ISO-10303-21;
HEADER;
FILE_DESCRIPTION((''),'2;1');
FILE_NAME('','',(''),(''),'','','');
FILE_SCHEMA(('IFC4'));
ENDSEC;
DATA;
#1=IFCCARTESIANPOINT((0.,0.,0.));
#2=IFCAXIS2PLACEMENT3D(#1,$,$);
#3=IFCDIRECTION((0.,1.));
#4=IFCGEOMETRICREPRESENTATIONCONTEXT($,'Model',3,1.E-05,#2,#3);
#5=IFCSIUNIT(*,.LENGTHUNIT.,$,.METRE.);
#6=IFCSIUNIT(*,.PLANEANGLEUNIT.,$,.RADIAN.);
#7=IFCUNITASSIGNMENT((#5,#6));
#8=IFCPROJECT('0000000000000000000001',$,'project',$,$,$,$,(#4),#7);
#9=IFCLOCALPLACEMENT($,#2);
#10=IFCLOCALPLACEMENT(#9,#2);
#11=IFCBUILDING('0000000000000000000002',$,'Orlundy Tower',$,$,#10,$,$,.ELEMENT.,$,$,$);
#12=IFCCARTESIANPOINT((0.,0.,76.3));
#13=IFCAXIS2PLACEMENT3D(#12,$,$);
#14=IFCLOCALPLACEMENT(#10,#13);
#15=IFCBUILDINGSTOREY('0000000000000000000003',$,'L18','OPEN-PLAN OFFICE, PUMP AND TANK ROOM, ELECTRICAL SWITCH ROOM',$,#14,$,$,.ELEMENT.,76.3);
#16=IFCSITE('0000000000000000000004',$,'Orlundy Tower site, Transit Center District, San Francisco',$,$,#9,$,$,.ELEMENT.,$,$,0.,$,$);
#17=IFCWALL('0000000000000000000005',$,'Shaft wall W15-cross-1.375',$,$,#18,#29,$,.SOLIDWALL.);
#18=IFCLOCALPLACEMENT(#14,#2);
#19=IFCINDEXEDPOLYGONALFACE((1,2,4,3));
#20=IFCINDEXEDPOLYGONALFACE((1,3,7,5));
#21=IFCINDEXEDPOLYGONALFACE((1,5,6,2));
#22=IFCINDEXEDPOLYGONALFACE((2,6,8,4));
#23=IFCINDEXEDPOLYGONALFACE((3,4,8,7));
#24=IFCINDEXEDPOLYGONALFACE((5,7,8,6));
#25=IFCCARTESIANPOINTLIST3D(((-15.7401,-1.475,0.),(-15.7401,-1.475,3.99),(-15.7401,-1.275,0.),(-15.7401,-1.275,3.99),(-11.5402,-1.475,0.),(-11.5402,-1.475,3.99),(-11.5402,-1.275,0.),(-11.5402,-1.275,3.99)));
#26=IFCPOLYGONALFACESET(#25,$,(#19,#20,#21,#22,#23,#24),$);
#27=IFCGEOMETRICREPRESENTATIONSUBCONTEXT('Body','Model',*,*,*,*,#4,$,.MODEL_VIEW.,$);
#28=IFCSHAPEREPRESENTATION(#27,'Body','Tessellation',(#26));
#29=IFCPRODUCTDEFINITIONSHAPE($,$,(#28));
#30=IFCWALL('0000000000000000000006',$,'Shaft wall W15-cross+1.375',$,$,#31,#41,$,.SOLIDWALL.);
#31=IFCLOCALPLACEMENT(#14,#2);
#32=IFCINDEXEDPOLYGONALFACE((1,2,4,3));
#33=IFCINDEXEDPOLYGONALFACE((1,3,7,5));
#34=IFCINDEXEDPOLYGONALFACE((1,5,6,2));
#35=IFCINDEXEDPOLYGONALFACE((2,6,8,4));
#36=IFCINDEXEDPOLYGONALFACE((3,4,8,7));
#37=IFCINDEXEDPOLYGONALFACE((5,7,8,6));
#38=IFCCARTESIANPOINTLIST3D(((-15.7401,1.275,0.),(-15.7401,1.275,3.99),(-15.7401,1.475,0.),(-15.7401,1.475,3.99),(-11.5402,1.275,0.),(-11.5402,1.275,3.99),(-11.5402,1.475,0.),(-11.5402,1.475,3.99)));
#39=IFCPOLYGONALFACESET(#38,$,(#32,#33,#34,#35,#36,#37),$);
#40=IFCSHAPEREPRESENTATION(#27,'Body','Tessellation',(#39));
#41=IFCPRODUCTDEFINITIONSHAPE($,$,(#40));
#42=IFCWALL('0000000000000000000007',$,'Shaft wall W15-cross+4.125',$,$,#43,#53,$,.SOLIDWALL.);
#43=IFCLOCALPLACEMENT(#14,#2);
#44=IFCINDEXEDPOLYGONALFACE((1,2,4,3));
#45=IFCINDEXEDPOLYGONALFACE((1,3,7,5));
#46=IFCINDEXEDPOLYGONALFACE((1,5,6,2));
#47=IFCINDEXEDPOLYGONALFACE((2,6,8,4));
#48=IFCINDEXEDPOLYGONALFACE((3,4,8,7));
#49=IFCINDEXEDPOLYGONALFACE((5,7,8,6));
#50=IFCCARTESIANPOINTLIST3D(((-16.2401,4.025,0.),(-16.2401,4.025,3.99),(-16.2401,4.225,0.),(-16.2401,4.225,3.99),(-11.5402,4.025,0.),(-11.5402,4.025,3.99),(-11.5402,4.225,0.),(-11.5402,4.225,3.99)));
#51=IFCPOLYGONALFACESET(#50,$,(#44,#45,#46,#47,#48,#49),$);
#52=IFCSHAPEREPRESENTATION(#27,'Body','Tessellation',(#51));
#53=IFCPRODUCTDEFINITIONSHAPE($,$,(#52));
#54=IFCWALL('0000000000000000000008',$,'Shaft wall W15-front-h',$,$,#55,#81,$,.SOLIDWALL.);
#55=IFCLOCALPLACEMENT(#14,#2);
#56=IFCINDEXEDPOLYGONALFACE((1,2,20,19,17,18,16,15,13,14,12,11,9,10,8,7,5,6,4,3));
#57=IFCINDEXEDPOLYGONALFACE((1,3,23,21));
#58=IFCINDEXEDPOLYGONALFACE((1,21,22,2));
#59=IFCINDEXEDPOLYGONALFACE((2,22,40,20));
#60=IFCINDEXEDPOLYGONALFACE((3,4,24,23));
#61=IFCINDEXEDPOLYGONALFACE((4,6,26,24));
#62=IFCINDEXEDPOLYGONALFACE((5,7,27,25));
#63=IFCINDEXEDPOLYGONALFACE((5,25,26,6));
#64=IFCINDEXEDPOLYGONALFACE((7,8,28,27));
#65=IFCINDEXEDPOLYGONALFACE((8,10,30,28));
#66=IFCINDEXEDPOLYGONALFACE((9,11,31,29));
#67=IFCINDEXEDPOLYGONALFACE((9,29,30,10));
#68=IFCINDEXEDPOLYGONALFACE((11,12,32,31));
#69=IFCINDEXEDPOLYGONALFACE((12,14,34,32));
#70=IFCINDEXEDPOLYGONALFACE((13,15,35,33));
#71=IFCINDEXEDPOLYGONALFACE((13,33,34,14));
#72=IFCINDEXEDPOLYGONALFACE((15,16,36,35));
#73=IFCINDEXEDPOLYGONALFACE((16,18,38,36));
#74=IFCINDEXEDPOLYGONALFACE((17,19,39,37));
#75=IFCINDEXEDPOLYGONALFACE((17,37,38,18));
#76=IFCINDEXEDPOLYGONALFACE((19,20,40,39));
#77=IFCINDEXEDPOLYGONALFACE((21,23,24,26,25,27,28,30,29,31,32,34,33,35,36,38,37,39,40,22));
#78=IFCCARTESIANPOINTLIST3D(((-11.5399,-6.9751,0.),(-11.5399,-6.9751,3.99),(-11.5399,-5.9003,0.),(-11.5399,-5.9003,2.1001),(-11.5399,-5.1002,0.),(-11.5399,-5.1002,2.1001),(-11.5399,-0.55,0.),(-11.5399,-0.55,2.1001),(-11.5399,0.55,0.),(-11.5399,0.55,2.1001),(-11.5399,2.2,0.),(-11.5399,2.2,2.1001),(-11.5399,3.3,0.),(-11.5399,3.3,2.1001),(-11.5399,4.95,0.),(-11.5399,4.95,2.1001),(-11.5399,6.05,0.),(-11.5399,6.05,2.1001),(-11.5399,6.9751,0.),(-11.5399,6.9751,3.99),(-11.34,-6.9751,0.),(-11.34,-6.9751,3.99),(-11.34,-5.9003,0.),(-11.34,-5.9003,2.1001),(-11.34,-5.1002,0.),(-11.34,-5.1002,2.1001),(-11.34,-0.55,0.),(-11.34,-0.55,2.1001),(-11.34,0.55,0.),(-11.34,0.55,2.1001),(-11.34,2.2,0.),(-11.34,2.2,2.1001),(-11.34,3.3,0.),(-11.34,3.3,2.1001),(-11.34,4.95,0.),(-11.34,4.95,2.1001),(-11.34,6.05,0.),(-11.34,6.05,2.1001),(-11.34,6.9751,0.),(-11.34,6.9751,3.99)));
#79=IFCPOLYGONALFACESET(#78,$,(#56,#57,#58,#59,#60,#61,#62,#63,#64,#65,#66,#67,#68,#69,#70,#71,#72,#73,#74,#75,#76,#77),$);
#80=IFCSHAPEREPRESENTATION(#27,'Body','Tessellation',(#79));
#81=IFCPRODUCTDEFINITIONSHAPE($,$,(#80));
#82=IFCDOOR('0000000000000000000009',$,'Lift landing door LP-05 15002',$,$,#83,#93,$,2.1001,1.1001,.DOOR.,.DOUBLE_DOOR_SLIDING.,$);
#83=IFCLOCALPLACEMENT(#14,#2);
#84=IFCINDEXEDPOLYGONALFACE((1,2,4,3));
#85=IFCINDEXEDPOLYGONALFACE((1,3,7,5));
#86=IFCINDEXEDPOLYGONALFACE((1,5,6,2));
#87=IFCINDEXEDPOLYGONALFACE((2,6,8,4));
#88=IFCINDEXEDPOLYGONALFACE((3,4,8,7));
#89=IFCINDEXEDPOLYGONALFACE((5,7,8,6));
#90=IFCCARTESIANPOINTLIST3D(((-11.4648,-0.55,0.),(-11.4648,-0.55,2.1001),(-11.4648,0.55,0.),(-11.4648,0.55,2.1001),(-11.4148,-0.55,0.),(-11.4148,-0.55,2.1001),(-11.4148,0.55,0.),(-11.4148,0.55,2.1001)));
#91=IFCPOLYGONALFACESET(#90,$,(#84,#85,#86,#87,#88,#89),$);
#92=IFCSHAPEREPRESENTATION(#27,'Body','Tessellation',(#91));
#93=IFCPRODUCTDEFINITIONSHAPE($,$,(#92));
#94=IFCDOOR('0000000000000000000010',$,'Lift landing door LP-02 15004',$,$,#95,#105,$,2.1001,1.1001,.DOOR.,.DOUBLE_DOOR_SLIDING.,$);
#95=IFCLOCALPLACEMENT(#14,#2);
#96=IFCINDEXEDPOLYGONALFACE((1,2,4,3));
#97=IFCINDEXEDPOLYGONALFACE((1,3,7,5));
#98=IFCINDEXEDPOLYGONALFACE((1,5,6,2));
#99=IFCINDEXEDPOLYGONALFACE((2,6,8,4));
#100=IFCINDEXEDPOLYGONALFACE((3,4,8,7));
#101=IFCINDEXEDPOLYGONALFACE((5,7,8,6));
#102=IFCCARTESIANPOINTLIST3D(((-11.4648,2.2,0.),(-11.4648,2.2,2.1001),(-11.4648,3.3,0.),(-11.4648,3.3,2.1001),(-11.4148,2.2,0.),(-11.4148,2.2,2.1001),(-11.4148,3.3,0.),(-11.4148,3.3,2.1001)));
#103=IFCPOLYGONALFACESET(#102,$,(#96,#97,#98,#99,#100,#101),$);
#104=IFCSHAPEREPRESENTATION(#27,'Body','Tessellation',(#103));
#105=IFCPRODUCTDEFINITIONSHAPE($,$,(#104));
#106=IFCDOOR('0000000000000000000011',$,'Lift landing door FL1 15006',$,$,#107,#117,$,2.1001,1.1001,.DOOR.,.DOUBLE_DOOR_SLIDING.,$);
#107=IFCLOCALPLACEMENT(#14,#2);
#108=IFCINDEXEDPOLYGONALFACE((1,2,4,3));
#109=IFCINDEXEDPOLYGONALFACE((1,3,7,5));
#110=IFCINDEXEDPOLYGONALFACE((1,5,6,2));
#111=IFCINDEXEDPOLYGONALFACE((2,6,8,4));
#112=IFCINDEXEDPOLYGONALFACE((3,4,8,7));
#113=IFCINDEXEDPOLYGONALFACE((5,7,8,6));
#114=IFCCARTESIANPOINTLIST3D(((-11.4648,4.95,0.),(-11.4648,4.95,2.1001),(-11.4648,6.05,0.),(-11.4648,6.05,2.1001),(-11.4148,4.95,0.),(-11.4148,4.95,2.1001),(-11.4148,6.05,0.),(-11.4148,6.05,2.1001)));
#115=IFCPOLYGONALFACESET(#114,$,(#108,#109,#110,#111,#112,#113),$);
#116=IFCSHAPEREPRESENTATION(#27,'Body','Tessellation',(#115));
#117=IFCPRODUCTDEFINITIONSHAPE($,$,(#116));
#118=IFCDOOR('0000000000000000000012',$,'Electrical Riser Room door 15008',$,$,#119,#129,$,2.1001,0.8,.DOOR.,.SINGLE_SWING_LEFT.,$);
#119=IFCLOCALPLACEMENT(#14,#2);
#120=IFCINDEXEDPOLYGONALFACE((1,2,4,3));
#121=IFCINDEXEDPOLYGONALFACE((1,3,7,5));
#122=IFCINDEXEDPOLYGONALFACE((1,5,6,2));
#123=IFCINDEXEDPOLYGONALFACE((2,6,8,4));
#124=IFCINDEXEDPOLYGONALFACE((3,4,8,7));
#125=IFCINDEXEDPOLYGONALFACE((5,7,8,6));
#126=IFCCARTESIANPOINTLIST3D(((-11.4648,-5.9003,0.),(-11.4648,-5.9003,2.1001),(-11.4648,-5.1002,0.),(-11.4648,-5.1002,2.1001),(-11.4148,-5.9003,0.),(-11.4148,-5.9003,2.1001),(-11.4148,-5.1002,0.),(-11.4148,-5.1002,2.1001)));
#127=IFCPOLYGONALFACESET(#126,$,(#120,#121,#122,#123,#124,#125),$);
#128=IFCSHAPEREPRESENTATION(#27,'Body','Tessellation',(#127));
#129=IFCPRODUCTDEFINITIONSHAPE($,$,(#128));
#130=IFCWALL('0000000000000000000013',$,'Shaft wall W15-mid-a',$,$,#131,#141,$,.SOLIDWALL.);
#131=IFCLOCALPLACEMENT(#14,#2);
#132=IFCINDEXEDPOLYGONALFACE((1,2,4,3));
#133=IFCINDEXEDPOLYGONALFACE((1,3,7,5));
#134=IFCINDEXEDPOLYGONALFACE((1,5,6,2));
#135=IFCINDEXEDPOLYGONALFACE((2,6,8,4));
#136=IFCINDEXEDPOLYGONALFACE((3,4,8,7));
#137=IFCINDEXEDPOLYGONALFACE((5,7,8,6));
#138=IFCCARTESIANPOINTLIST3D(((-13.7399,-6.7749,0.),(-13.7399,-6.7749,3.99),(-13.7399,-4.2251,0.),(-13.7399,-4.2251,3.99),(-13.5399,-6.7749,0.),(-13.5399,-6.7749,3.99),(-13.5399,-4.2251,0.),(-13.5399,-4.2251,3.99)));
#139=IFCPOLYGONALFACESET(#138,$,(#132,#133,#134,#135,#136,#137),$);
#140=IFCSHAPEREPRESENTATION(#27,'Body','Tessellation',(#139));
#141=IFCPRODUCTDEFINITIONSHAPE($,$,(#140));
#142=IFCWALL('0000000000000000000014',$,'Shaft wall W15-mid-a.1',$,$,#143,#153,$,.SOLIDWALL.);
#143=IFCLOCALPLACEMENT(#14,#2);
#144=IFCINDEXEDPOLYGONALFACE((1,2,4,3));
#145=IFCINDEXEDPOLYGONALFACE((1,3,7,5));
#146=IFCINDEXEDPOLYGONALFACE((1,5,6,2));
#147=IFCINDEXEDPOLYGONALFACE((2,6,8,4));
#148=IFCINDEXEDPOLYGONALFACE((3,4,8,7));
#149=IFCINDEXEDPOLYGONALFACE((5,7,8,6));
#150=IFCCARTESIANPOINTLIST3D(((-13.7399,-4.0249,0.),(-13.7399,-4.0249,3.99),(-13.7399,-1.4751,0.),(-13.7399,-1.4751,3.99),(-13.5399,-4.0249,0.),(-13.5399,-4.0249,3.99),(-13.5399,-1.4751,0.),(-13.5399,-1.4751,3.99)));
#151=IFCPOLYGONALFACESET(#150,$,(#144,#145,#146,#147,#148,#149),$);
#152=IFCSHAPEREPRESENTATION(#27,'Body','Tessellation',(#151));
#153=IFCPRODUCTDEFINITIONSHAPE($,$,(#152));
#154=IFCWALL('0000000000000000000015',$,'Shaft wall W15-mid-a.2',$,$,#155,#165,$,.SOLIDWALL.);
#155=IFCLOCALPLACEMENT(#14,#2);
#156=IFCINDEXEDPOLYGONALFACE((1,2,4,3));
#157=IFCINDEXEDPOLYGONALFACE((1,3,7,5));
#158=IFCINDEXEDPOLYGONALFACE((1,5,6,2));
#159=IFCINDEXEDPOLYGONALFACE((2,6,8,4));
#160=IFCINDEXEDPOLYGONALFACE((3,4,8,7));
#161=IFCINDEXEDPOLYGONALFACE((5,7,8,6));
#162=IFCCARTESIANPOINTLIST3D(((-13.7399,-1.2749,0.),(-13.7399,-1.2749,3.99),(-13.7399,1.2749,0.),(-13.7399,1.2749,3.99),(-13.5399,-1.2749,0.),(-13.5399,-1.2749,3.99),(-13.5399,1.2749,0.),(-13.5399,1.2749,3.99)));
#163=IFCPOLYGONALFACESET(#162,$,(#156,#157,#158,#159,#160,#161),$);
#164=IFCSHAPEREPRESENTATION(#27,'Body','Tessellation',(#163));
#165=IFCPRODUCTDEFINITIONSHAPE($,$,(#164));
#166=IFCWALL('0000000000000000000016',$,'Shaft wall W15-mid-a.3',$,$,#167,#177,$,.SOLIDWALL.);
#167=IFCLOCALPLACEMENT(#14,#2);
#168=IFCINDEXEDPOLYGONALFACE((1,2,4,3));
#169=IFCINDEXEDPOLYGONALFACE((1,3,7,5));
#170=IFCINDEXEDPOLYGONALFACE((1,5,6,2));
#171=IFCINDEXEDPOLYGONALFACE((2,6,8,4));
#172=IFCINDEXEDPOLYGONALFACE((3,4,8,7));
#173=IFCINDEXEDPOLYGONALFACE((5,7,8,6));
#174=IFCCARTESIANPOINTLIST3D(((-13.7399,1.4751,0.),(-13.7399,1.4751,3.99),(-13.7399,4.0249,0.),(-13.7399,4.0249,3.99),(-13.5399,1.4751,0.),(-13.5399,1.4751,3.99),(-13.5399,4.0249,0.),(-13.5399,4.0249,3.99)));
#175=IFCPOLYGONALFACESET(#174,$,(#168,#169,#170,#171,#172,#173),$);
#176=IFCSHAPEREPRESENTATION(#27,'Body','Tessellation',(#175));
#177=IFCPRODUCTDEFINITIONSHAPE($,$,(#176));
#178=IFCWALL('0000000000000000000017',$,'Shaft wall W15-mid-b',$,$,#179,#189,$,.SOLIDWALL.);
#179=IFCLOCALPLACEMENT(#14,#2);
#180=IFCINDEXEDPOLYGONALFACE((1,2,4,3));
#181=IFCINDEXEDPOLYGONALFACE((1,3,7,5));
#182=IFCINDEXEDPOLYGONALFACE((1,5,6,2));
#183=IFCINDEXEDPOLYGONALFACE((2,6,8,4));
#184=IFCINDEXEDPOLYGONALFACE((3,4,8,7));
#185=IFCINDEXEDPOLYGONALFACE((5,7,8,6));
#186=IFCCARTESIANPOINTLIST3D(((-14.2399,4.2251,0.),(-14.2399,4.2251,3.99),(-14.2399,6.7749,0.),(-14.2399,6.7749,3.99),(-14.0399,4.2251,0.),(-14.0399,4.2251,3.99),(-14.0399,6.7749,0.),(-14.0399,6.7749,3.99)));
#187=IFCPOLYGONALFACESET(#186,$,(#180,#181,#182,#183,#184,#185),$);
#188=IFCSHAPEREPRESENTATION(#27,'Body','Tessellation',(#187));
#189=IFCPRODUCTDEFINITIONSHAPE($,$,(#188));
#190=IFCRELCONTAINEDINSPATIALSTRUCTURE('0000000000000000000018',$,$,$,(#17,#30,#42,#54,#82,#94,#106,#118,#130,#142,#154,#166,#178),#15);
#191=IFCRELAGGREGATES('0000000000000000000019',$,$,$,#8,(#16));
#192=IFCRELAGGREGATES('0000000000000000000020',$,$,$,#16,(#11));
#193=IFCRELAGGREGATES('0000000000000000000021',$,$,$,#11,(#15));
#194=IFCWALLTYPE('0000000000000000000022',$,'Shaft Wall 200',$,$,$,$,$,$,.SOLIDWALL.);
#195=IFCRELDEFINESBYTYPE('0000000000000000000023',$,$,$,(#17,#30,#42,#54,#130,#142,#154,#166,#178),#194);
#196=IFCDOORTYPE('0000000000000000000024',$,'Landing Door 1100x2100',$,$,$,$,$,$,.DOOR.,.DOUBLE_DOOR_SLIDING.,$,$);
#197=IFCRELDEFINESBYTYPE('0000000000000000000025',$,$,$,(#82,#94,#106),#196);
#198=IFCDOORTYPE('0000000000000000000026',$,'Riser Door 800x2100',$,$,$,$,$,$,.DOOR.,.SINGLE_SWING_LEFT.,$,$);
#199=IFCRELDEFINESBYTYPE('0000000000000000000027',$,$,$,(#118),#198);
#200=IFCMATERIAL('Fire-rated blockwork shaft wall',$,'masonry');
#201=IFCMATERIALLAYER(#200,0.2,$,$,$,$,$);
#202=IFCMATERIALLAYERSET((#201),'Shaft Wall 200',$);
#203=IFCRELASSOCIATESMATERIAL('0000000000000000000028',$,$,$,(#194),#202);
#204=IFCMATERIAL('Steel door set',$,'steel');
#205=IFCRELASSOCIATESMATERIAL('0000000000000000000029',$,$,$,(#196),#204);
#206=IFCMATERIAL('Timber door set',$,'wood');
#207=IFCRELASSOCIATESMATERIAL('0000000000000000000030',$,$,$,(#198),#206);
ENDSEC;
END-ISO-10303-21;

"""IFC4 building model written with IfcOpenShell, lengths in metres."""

from ifc_helpers import new_model, si_unit, direction, frame, frame_2d, origin, place, context, subcontext, project, spatial, rectangle, extrude, material, layer, layer_set, type_object, element, fill, save


model = new_model("IFC4")

# Units and contexts
model_context = context("Model", 3, precision=1e-05, world=origin(), true_north=direction((0.0, 1.0)))
body_context = subcontext(model_context, "Body", "Model", "MODEL_VIEW")
ifc_project = project(units=[si_unit("LENGTHUNIT", "METRE"), si_unit("PLANEANGLEUNIT", "RADIAN")], contexts=[model_context])

# Site, building, storey
site_placement = place(None, origin())
site = spatial("IfcSite", under=ifc_project, at=site_placement, Name="Orlundy Tower site, Transit Center District, San Francisco", CompositionType="ELEMENT", RefElevation=0.0)
building_placement = place(site_placement, origin())
building = spatial("IfcBuilding", under=site, at=building_placement, Name="Orlundy Tower", CompositionType="ELEMENT")
storey_placement = place(building_placement, frame((0.0, 0.0, 76.3)))
storey = spatial("IfcBuildingStorey", under=building, at=storey_placement, Name="L18", Description="OPEN-PLAN OFFICE, PUMP AND TANK ROOM, ELECTRICAL SWITCH ROOM", CompositionType="ELEMENT", Elevation=76.3)

# Walls
ifc_material_1 = material(Name="Fire-rated blockwork shaft wall", Category="masonry")
ifc_layer_1 = layer(ifc_material_1, 0.2)
ifc_layer_set_1 = layer_set([ifc_layer_1], Name="Shaft Wall 200")
wall_type_1 = type_object("IfcWallType", Name="Shaft Wall 200", PredefinedType="SOLIDWALL", material=ifc_layer_set_1)
for number, where, z_axis, x_axis, name in (
    (1, (-11.54, -1.375, 0.0), (0.0, 0.0, 1.0), (-1.0, 0.0, 0.0), "Shaft wall W15-cross-1.375"),
    (2, (-11.54, 1.375, 0.0), (0.0, 0.0, 1.0), (-1.0, 0.0, 0.0), "Shaft wall W15-cross+1.375"),
):
    element("IfcWall", number, at=place(storey_placement, frame(where, z_axis=z_axis, x_axis=x_axis)), inside=storey, type_object=wall_type_1, Name=name, PredefinedType="SOLIDWALL", context=body_context, shape_type="SweptSolid", body=[
        extrude(rectangle(XDim=4.2, YDim=0.2, at=frame_2d((2.1001, 0.0))), origin(), (0.0, 0.0, 1.0), 3.99),
    ])
wall_1_placement = place(storey_placement, frame((-11.54, 4.125, 0.0), z_axis=(0.0, 0.0, 1.0), x_axis=(-1.0, 0.0, 0.0)))
element("IfcWall", 3, at=wall_1_placement, inside=storey, type_object=wall_type_1, Name="Shaft wall W15-cross+4.125", PredefinedType="SOLIDWALL", context=body_context, shape_type="SweptSolid", body=[
    extrude(rectangle(XDim=4.7, YDim=0.2, at=frame_2d((2.3501, 0.0))), origin(), (0.0, 0.0, 1.0), 3.99),
])

# Wall, openings, doors
wall_2_placement = place(storey_placement, frame((-11.4399, -6.9751, 0.0), z_axis=(0.0, 0.0, 1.0), x_axis=(0.0, 1.0, 0.0)))
wall_2 = element("IfcWall", 4, at=wall_2_placement, inside=storey, type_object=wall_type_1, Name="Shaft wall W15-front-h", PredefinedType="SOLIDWALL", context=body_context, shape_type="SweptSolid", body=[
    extrude(rectangle(XDim=13.9502, YDim=0.2, at=frame_2d((6.9751, 0.0))), origin(), (0.0, 0.0, 1.0), 3.99),
])
opening_1_placement = place(wall_2_placement, frame((6.425, 0.0, 0.0)))
opening_1 = element("IfcOpeningElement", 5, at=opening_1_placement, cuts=wall_2, PredefinedType="OPENING", context=body_context, shape_type="SweptSolid", body=[
    extrude(rectangle(XDim=1.1001, YDim=2.1001, at=frame_2d((0.55, 1.05))), frame((0.0, 0.1101, 0.0), z_axis=(0.0, -1.0, 0.0), x_axis=(1.0, 0.0, 0.0)), (0.0, 0.0, 1.0), 0.2202),
])
opening_2_placement = place(wall_2_placement, frame((9.175, 0.0, 0.0)))
opening_2 = element("IfcOpeningElement", 6, at=opening_2_placement, cuts=wall_2, PredefinedType="OPENING", context=body_context, shape_type="SweptSolid", body=[
    extrude(rectangle(XDim=1.1001, YDim=2.1001, at=frame_2d((0.55, 1.05))), frame((0.0, 0.1101, 0.0), z_axis=(0.0, -1.0, 0.0), x_axis=(1.0, 0.0, 0.0)), (0.0, 0.0, 1.0), 0.2202),
])
opening_3_placement = place(wall_2_placement, frame((11.925, 0.0, 0.0)))
opening_3 = element("IfcOpeningElement", 7, at=opening_3_placement, cuts=wall_2, PredefinedType="OPENING", context=body_context, shape_type="SweptSolid", body=[
    extrude(rectangle(XDim=1.1001, YDim=2.1001, at=frame_2d((0.55, 1.05))), frame((0.0, 0.1101, 0.0), z_axis=(0.0, -1.0, 0.0), x_axis=(1.0, 0.0, 0.0)), (0.0, 0.0, 1.0), 0.2202),
])
opening_4_placement = place(wall_2_placement, frame((1.075, 0.0, 0.0)))
opening_4 = element("IfcOpeningElement", 8, at=opening_4_placement, cuts=wall_2, PredefinedType="OPENING", context=body_context, shape_type="SweptSolid", body=[
    extrude(rectangle(XDim=0.8, YDim=2.1001, at=frame_2d((0.3999, 1.05))), frame((0.0, 0.1101, 0.0), z_axis=(0.0, -1.0, 0.0), x_axis=(1.0, 0.0, 0.0)), (0.0, 0.0, 1.0), 0.2202),
])
ifc_material_2 = material(Name="Steel door set", Category="steel")
door_type_1 = type_object("IfcDoorType", Name="Landing Door 1100x2100", OperationType="DOUBLE_DOOR_SLIDING", PredefinedType="DOOR", material=ifc_material_2)
door_1_placement = place(opening_1_placement, origin())
door_1 = element("IfcDoor", 9, at=door_1_placement, inside=storey, type_object=door_type_1, Name="Lift landing door LP-05 15002", OperationType="DOUBLE_DOOR_SLIDING", OverallHeight=2.1001, OverallWidth=1.1001, PredefinedType="DOOR", context=body_context, shape_type="SweptSolid", body=[
    extrude(rectangle(XDim=1.1001, YDim=2.1001, at=frame_2d((0.55, 1.05))), frame((0.0, 0.0249, 0.0), z_axis=(0.0, -1.0, 0.0), x_axis=(1.0, 0.0, 0.0)), (0.0, 0.0, 1.0), 0.05),
])
fill(opening_1, door_1)
door_2_placement = place(opening_2_placement, origin())
door_2 = element("IfcDoor", 10, at=door_2_placement, inside=storey, type_object=door_type_1, Name="Lift landing door LP-02 15004", OperationType="DOUBLE_DOOR_SLIDING", OverallHeight=2.1001, OverallWidth=1.1001, PredefinedType="DOOR", context=body_context, shape_type="SweptSolid", body=[
    extrude(rectangle(XDim=1.1001, YDim=2.1001, at=frame_2d((0.55, 1.05))), frame((0.0, 0.0249, 0.0), z_axis=(0.0, -1.0, 0.0), x_axis=(1.0, 0.0, 0.0)), (0.0, 0.0, 1.0), 0.05),
])
fill(opening_2, door_2)
door_3_placement = place(opening_3_placement, origin())
door_3 = element("IfcDoor", 11, at=door_3_placement, inside=storey, type_object=door_type_1, Name="Lift landing door FL1 15006", OperationType="DOUBLE_DOOR_SLIDING", OverallHeight=2.1001, OverallWidth=1.1001, PredefinedType="DOOR", context=body_context, shape_type="SweptSolid", body=[
    extrude(rectangle(XDim=1.1001, YDim=2.1001, at=frame_2d((0.55, 1.05))), frame((0.0, 0.0249, 0.0), z_axis=(0.0, -1.0, 0.0), x_axis=(1.0, 0.0, 0.0)), (0.0, 0.0, 1.0), 0.05),
])
fill(opening_3, door_3)
ifc_material_3 = material(Name="Timber door set", Category="wood")
door_type_2 = type_object("IfcDoorType", Name="Riser Door 800x2100", OperationType="SINGLE_SWING_LEFT", PredefinedType="DOOR", material=ifc_material_3)
door_4_placement = place(opening_4_placement, origin())
door_4 = element("IfcDoor", 12, at=door_4_placement, inside=storey, type_object=door_type_2, Name="Electrical Riser Room door 15008", OperationType="SINGLE_SWING_LEFT", OverallHeight=2.1001, OverallWidth=0.8, PredefinedType="DOOR", context=body_context, shape_type="SweptSolid", body=[
    extrude(rectangle(XDim=0.8, YDim=2.1001, at=frame_2d((0.3999, 1.05))), frame((0.0, 0.0249, 0.0), z_axis=(0.0, -1.0, 0.0), x_axis=(1.0, 0.0, 0.0)), (0.0, 0.0, 1.0), 0.05),
])
fill(opening_4, door_4)

# Walls
for number, where, z_axis, x_axis, name in (
    (13, (-13.6399, -6.7749, 0.0), (0.0, 0.0, 1.0), (0.0, 1.0, 0.0), "Shaft wall W15-mid-a"),
    (14, (-13.6399, -4.0249, 0.0), (0.0, 0.0, 1.0), (0.0, 1.0, 0.0), "Shaft wall W15-mid-a.1"),
    (15, (-13.6399, -1.2749, 0.0), (0.0, 0.0, 1.0), (0.0, 1.0, 0.0), "Shaft wall W15-mid-a.2"),
    (16, (-13.6399, 1.4751, 0.0), (0.0, 0.0, 1.0), (0.0, 1.0, 0.0), "Shaft wall W15-mid-a.3"),
    (17, (-14.1399, 4.2251, 0.0), (0.0, 0.0, 1.0), (0.0, 1.0, 0.0), "Shaft wall W15-mid-b"),
):
    element("IfcWall", number, at=place(storey_placement, frame(where, z_axis=z_axis, x_axis=x_axis)), inside=storey, type_object=wall_type_1, Name=name, PredefinedType="SOLIDWALL", context=body_context, shape_type="SweptSolid", body=[
        extrude(rectangle(XDim=2.5498, YDim=0.2, at=frame_2d((1.2749, 0.0))), origin(), (0.0, 0.0, 1.0), 3.99),
    ])

save(model, "model.ifc")
